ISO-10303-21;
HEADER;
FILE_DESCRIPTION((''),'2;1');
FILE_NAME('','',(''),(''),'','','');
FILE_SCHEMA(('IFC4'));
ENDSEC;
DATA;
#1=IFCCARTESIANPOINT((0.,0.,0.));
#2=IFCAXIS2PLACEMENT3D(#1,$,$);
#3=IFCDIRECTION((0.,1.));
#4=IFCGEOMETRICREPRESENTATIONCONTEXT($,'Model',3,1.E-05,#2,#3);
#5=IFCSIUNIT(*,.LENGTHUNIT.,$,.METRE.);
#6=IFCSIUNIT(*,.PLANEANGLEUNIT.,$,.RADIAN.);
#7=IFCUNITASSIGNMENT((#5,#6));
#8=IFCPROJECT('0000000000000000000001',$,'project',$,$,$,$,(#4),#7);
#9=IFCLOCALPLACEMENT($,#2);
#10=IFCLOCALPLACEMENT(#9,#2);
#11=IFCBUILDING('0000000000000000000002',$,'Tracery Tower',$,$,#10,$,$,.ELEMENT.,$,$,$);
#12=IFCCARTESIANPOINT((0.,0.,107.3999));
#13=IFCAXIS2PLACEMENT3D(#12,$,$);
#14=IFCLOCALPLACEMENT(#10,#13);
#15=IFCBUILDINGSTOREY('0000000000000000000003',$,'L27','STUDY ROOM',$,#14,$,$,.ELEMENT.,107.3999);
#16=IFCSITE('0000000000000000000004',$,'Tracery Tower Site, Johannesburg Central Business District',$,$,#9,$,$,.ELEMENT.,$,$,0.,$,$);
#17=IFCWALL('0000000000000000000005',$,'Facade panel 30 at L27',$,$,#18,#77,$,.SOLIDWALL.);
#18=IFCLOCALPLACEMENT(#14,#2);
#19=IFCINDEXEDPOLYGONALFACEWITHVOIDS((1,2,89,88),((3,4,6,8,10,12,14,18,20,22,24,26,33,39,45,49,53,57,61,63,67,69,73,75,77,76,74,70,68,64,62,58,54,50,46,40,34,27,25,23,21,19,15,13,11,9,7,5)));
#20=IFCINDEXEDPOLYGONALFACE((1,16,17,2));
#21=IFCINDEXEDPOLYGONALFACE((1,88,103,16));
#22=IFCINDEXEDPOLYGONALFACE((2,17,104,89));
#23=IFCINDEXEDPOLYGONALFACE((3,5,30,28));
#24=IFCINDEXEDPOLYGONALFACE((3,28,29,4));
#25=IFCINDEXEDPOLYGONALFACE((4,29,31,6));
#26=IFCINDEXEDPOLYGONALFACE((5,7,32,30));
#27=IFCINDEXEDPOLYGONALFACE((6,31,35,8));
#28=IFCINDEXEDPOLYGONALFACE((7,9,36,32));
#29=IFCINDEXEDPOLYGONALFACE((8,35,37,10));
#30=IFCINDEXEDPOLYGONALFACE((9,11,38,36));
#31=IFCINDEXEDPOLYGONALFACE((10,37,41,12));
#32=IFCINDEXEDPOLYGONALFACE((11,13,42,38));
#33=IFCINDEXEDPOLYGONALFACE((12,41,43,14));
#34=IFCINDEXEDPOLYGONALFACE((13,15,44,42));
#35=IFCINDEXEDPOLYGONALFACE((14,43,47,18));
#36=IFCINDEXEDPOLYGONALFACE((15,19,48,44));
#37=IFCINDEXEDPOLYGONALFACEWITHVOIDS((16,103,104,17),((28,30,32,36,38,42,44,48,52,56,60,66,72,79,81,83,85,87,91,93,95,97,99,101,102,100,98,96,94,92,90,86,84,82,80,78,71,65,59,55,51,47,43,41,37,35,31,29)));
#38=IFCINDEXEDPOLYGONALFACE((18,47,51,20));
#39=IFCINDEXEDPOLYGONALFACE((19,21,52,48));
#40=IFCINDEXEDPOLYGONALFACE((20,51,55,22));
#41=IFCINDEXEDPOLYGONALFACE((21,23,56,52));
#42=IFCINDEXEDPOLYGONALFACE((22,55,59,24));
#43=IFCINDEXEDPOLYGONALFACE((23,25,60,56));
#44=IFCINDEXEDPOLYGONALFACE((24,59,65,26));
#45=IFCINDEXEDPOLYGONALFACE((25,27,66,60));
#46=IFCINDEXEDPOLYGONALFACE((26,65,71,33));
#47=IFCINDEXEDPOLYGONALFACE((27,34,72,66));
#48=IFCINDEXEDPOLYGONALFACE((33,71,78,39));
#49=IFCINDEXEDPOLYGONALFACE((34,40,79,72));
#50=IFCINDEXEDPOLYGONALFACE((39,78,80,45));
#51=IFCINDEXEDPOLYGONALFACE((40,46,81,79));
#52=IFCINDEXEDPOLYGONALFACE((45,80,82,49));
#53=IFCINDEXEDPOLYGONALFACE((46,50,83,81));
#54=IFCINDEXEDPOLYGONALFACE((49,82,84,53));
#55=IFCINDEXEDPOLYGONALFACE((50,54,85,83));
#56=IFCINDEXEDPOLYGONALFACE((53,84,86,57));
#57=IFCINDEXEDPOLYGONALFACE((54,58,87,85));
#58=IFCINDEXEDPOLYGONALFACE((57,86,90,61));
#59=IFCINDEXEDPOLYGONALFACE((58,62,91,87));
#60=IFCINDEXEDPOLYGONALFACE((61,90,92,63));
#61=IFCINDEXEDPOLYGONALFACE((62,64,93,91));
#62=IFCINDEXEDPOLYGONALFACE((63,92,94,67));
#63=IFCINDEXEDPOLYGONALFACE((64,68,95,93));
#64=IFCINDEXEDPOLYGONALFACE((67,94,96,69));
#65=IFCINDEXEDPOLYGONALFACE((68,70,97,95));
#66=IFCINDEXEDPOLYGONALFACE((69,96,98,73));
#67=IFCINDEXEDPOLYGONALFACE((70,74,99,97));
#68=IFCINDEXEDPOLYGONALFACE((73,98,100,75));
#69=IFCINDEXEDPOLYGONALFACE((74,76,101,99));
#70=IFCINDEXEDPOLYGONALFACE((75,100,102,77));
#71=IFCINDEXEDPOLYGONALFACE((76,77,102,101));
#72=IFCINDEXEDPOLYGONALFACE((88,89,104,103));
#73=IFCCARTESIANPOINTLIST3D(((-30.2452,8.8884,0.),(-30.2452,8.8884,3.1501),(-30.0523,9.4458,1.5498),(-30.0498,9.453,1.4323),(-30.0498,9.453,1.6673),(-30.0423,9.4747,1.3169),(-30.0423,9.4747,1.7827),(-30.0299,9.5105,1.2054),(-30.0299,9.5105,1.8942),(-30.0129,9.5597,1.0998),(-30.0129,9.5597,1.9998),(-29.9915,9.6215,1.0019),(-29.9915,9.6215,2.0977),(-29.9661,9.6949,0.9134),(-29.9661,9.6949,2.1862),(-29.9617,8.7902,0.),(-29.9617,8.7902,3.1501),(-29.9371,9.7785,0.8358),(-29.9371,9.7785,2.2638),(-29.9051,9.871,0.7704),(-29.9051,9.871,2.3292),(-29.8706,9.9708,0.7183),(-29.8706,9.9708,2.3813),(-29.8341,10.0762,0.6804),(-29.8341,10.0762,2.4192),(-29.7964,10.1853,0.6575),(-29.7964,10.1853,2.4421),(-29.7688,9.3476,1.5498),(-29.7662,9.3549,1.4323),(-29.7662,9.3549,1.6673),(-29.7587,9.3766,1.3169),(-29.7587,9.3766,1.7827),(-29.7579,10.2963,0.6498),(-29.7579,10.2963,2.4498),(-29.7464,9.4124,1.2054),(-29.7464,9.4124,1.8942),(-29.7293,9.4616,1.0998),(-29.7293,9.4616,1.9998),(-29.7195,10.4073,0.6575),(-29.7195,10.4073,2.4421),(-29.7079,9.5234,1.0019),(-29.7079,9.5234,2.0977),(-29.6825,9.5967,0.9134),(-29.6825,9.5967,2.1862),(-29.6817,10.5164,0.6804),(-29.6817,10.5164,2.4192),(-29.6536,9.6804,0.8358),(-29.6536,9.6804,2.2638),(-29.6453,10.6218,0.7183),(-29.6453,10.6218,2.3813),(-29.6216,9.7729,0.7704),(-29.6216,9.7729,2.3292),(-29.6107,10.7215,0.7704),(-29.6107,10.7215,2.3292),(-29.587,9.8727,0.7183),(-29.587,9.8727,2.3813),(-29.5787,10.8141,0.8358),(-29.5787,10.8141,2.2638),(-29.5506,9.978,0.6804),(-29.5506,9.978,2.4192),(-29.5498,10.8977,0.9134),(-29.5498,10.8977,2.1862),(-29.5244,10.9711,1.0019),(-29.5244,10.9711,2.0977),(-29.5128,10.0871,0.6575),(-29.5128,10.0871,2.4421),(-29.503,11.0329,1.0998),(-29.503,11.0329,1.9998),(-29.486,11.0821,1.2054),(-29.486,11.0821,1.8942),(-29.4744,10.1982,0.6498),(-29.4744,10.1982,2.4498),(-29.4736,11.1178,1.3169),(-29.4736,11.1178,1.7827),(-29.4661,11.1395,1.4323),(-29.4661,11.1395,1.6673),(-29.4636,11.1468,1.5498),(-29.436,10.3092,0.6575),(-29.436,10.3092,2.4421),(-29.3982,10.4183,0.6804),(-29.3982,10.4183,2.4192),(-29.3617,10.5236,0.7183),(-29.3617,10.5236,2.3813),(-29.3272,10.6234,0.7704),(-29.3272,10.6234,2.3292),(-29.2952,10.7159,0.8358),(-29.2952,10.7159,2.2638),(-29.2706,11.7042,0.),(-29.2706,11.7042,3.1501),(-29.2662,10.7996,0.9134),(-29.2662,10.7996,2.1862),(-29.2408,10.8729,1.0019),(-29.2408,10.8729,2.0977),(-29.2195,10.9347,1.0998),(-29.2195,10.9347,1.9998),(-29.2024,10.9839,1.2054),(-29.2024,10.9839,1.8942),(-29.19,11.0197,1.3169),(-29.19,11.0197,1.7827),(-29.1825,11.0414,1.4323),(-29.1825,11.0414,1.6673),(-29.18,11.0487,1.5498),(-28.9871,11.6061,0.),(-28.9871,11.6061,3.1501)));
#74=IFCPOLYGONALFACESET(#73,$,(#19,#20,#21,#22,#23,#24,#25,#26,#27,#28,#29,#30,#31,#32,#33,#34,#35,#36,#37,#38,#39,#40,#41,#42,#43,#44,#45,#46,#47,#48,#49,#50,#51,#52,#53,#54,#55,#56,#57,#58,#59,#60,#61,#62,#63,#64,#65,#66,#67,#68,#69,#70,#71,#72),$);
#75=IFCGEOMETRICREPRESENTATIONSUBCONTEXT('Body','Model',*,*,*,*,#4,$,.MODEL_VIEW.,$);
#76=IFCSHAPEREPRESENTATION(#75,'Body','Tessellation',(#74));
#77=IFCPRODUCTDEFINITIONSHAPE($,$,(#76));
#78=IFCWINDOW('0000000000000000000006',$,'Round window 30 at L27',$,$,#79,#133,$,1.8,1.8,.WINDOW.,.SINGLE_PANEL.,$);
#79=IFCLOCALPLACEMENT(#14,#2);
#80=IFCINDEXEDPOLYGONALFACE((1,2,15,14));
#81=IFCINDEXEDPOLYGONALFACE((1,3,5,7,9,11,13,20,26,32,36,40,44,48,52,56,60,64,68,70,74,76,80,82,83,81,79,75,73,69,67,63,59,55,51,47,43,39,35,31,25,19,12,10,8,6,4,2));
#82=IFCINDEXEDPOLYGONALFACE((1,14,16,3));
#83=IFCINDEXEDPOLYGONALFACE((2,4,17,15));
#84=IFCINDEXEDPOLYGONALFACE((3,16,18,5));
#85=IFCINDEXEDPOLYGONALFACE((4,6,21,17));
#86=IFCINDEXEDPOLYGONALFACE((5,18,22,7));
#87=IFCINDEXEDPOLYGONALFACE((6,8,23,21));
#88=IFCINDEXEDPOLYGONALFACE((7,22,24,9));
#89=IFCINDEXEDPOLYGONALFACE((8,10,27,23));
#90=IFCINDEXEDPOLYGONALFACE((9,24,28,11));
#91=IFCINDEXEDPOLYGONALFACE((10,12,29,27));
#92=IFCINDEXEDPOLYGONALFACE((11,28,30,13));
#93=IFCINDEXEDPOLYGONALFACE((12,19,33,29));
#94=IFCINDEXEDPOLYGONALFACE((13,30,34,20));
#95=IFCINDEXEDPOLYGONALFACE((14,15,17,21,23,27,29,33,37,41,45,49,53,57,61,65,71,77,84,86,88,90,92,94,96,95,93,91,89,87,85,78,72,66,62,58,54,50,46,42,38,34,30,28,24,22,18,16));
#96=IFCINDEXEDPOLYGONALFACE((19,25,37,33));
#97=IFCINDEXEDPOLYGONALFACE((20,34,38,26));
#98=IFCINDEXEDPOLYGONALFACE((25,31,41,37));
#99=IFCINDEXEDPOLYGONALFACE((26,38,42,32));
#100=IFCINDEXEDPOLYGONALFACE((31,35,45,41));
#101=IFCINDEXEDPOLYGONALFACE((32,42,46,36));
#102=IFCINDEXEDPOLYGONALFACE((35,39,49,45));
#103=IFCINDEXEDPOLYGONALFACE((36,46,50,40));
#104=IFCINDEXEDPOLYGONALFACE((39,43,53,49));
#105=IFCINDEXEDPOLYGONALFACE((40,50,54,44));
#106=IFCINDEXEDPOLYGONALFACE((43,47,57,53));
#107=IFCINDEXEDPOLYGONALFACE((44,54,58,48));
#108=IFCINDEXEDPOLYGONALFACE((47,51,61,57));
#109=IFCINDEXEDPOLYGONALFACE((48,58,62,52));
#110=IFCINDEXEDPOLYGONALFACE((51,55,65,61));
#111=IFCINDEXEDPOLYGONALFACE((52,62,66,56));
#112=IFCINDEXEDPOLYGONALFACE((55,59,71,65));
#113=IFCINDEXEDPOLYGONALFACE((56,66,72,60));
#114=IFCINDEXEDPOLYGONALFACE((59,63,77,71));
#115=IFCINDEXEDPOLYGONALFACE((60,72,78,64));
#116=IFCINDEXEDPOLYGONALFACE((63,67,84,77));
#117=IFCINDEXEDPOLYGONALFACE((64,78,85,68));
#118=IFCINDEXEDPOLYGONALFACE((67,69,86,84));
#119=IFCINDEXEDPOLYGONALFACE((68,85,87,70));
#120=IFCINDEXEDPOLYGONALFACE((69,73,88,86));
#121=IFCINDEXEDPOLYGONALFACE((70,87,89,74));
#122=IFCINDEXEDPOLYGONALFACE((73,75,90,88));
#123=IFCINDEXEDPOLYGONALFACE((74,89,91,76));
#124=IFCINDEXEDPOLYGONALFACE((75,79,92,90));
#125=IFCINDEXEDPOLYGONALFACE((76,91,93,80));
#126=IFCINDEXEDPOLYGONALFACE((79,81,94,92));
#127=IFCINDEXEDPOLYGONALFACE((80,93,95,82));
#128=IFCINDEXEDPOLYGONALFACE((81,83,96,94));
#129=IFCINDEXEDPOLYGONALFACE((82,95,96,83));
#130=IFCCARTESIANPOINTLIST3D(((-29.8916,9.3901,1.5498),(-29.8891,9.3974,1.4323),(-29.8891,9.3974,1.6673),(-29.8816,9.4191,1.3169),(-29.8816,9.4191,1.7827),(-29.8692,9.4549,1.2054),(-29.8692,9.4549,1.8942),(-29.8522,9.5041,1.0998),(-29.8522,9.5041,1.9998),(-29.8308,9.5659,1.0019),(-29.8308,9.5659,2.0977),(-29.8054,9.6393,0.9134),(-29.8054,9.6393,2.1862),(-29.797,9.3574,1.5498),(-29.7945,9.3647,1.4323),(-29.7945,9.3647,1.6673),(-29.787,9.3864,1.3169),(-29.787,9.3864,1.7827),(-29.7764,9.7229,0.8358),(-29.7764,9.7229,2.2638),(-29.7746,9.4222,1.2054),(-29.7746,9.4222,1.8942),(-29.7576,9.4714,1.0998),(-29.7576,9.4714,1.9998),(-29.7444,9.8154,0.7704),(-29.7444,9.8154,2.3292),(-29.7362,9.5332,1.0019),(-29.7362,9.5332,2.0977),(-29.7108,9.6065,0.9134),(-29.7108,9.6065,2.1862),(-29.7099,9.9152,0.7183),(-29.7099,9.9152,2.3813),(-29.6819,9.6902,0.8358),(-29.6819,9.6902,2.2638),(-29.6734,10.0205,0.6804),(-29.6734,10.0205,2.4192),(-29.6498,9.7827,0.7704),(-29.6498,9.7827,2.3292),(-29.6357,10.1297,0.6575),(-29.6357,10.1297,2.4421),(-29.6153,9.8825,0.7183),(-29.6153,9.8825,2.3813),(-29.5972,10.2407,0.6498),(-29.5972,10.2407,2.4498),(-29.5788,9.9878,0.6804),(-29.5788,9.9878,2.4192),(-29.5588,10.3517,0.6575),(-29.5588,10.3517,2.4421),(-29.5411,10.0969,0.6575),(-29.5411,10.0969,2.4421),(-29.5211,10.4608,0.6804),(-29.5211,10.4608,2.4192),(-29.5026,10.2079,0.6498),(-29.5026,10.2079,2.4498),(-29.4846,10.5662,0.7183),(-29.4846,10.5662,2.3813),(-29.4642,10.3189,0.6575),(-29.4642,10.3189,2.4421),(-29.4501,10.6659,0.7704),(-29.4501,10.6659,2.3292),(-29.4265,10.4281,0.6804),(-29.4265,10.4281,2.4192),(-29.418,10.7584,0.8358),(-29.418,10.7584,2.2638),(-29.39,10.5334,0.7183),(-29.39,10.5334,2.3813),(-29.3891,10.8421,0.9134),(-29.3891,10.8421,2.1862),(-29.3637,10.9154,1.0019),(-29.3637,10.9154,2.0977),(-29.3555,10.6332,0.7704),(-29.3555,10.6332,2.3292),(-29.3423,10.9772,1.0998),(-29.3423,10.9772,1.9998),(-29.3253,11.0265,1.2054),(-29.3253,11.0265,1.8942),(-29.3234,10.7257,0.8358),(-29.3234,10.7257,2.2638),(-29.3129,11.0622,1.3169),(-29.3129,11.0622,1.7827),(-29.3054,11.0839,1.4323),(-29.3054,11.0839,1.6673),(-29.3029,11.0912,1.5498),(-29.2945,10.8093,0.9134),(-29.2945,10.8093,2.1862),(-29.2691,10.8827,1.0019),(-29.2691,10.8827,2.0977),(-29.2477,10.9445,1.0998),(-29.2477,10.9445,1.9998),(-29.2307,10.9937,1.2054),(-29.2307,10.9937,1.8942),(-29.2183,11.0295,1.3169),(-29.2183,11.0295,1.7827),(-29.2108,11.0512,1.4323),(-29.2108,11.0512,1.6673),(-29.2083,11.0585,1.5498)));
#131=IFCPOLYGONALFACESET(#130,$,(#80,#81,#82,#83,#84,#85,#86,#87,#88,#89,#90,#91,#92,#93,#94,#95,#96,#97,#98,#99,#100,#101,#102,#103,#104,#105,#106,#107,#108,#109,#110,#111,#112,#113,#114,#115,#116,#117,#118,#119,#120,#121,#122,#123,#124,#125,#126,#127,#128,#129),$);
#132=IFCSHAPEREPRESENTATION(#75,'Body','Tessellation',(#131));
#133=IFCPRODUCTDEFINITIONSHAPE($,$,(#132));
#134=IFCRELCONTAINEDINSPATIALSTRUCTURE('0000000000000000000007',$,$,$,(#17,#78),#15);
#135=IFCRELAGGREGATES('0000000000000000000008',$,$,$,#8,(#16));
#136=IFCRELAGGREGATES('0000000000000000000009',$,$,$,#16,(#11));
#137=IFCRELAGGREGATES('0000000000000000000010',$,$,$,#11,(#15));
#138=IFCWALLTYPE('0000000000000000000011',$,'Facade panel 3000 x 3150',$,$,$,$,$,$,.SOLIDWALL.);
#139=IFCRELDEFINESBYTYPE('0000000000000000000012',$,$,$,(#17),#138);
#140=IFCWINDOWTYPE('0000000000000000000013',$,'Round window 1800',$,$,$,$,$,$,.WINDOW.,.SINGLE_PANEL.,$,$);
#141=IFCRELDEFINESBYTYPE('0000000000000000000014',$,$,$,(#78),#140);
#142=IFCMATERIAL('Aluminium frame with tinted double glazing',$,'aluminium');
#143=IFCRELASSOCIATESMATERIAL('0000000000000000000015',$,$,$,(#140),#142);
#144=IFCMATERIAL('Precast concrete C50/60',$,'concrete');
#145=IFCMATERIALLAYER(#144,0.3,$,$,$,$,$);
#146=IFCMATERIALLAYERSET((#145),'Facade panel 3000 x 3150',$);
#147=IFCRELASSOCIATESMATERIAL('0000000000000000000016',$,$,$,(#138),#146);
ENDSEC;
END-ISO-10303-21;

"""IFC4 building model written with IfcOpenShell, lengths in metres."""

from ifc_helpers import new_model, si_unit, direction, frame, frame_2d, origin, origin_2d, place, context, subcontext, project, spatial, rectangle, circle, extrude, material, layer, layer_set, type_object, element, fill, save


model = new_model("IFC4")

# Units and contexts
model_context = context("Model", 3, precision=1e-05, world=origin(), true_north=direction((0.0, 1.0)))
body_context = subcontext(model_context, "Body", "Model", "MODEL_VIEW")
ifc_project = project(units=[si_unit("LENGTHUNIT", "METRE"), si_unit("PLANEANGLEUNIT", "RADIAN")], contexts=[model_context])

# Site, building, storey
site_placement = place(None, origin())
site = spatial("IfcSite", under=ifc_project, at=site_placement, Name="Tracery Tower Site, Johannesburg Central Business District", CompositionType="ELEMENT", RefElevation=0.0)
building_placement = place(site_placement, origin())
building = spatial("IfcBuilding", under=site, at=building_placement, Name="Tracery Tower", CompositionType="ELEMENT")
storey_placement = place(building_placement, frame((0.0, 0.0, 107.3999)))
storey = spatial("IfcBuildingStorey", under=building, at=storey_placement, Name="L27", Description="STUDY ROOM", CompositionType="ELEMENT", Elevation=107.3999)

# Wall, opening, window
ifc_material_1 = material(Name="Aluminium frame with tinted double glazing", Category="aluminium")
window_type = type_object("IfcWindowType", Name="Round window 1800", PartitioningType="SINGLE_PANEL", PredefinedType="WINDOW", material=ifc_material_1)
ifc_material_2 = material(Name="Precast concrete C50/60", Category="concrete")
ifc_layer_1 = layer(ifc_material_2, 0.3)
ifc_layer_set_1 = layer_set([ifc_layer_1], Name="Facade panel 3000 x 3150")
wall_type_1 = type_object("IfcWallType", Name="Facade panel 3000 x 3150", PredefinedType="SOLIDWALL", material=ifc_layer_set_1)
wall_1_placement = place(storey_placement, frame((-29.1289, 11.655, 0.0), z_axis=(0.0, 0.0, 1.0), x_axis=(-0.327071, -0.945, 0.0)))
wall_1 = element("IfcWall", 1, at=wall_1_placement, inside=storey, type_object=wall_type_1, Name="Facade panel 30 at L27", PredefinedType="SOLIDWALL", context=body_context, shape_type="SweptSolid", body=[
    extrude(rectangle(XDim=2.9797, YDim=0.3, at=frame_2d((1.4897, 0.0))), origin(), (0.0, 0.0, 1.0), 3.1501),
])
opening_1_placement = place(wall_1_placement, frame((1.4897, 0.0, 1.5498)))
opening_1 = element("IfcOpeningElement", 2, at=opening_1_placement, cuts=wall_1, PredefinedType="OPENING", context=body_context, shape_type="SweptSolid", body=[
    extrude(circle(Radius=0.9, at=origin_2d()), frame((0.0, 0.1599, 0.0), z_axis=(0.0, -1.0, 0.0), x_axis=(1.0, 0.0, 0.0)), (0.0, 0.0, 1.0), 0.3201),
])
window_1_placement = place(opening_1_placement, origin())
window_1 = element("IfcWindow", 3, at=window_1_placement, inside=storey, type_object=window_type, Name="Round window 30 at L27", OverallHeight=1.8, OverallWidth=1.8, PartitioningType="SINGLE_PANEL", PredefinedType="WINDOW", context=body_context, shape_type="SweptSolid", body=[
    extrude(circle(Radius=0.9, at=origin_2d()), frame((0.0, 0.1201, 0.0), z_axis=(0.0, -1.0, 0.0), x_axis=(1.0, 0.0, 0.0)), (0.0, 0.0, 1.0), 0.1001),
])
fill(opening_1, window_1)

save(model, "model.ifc")
